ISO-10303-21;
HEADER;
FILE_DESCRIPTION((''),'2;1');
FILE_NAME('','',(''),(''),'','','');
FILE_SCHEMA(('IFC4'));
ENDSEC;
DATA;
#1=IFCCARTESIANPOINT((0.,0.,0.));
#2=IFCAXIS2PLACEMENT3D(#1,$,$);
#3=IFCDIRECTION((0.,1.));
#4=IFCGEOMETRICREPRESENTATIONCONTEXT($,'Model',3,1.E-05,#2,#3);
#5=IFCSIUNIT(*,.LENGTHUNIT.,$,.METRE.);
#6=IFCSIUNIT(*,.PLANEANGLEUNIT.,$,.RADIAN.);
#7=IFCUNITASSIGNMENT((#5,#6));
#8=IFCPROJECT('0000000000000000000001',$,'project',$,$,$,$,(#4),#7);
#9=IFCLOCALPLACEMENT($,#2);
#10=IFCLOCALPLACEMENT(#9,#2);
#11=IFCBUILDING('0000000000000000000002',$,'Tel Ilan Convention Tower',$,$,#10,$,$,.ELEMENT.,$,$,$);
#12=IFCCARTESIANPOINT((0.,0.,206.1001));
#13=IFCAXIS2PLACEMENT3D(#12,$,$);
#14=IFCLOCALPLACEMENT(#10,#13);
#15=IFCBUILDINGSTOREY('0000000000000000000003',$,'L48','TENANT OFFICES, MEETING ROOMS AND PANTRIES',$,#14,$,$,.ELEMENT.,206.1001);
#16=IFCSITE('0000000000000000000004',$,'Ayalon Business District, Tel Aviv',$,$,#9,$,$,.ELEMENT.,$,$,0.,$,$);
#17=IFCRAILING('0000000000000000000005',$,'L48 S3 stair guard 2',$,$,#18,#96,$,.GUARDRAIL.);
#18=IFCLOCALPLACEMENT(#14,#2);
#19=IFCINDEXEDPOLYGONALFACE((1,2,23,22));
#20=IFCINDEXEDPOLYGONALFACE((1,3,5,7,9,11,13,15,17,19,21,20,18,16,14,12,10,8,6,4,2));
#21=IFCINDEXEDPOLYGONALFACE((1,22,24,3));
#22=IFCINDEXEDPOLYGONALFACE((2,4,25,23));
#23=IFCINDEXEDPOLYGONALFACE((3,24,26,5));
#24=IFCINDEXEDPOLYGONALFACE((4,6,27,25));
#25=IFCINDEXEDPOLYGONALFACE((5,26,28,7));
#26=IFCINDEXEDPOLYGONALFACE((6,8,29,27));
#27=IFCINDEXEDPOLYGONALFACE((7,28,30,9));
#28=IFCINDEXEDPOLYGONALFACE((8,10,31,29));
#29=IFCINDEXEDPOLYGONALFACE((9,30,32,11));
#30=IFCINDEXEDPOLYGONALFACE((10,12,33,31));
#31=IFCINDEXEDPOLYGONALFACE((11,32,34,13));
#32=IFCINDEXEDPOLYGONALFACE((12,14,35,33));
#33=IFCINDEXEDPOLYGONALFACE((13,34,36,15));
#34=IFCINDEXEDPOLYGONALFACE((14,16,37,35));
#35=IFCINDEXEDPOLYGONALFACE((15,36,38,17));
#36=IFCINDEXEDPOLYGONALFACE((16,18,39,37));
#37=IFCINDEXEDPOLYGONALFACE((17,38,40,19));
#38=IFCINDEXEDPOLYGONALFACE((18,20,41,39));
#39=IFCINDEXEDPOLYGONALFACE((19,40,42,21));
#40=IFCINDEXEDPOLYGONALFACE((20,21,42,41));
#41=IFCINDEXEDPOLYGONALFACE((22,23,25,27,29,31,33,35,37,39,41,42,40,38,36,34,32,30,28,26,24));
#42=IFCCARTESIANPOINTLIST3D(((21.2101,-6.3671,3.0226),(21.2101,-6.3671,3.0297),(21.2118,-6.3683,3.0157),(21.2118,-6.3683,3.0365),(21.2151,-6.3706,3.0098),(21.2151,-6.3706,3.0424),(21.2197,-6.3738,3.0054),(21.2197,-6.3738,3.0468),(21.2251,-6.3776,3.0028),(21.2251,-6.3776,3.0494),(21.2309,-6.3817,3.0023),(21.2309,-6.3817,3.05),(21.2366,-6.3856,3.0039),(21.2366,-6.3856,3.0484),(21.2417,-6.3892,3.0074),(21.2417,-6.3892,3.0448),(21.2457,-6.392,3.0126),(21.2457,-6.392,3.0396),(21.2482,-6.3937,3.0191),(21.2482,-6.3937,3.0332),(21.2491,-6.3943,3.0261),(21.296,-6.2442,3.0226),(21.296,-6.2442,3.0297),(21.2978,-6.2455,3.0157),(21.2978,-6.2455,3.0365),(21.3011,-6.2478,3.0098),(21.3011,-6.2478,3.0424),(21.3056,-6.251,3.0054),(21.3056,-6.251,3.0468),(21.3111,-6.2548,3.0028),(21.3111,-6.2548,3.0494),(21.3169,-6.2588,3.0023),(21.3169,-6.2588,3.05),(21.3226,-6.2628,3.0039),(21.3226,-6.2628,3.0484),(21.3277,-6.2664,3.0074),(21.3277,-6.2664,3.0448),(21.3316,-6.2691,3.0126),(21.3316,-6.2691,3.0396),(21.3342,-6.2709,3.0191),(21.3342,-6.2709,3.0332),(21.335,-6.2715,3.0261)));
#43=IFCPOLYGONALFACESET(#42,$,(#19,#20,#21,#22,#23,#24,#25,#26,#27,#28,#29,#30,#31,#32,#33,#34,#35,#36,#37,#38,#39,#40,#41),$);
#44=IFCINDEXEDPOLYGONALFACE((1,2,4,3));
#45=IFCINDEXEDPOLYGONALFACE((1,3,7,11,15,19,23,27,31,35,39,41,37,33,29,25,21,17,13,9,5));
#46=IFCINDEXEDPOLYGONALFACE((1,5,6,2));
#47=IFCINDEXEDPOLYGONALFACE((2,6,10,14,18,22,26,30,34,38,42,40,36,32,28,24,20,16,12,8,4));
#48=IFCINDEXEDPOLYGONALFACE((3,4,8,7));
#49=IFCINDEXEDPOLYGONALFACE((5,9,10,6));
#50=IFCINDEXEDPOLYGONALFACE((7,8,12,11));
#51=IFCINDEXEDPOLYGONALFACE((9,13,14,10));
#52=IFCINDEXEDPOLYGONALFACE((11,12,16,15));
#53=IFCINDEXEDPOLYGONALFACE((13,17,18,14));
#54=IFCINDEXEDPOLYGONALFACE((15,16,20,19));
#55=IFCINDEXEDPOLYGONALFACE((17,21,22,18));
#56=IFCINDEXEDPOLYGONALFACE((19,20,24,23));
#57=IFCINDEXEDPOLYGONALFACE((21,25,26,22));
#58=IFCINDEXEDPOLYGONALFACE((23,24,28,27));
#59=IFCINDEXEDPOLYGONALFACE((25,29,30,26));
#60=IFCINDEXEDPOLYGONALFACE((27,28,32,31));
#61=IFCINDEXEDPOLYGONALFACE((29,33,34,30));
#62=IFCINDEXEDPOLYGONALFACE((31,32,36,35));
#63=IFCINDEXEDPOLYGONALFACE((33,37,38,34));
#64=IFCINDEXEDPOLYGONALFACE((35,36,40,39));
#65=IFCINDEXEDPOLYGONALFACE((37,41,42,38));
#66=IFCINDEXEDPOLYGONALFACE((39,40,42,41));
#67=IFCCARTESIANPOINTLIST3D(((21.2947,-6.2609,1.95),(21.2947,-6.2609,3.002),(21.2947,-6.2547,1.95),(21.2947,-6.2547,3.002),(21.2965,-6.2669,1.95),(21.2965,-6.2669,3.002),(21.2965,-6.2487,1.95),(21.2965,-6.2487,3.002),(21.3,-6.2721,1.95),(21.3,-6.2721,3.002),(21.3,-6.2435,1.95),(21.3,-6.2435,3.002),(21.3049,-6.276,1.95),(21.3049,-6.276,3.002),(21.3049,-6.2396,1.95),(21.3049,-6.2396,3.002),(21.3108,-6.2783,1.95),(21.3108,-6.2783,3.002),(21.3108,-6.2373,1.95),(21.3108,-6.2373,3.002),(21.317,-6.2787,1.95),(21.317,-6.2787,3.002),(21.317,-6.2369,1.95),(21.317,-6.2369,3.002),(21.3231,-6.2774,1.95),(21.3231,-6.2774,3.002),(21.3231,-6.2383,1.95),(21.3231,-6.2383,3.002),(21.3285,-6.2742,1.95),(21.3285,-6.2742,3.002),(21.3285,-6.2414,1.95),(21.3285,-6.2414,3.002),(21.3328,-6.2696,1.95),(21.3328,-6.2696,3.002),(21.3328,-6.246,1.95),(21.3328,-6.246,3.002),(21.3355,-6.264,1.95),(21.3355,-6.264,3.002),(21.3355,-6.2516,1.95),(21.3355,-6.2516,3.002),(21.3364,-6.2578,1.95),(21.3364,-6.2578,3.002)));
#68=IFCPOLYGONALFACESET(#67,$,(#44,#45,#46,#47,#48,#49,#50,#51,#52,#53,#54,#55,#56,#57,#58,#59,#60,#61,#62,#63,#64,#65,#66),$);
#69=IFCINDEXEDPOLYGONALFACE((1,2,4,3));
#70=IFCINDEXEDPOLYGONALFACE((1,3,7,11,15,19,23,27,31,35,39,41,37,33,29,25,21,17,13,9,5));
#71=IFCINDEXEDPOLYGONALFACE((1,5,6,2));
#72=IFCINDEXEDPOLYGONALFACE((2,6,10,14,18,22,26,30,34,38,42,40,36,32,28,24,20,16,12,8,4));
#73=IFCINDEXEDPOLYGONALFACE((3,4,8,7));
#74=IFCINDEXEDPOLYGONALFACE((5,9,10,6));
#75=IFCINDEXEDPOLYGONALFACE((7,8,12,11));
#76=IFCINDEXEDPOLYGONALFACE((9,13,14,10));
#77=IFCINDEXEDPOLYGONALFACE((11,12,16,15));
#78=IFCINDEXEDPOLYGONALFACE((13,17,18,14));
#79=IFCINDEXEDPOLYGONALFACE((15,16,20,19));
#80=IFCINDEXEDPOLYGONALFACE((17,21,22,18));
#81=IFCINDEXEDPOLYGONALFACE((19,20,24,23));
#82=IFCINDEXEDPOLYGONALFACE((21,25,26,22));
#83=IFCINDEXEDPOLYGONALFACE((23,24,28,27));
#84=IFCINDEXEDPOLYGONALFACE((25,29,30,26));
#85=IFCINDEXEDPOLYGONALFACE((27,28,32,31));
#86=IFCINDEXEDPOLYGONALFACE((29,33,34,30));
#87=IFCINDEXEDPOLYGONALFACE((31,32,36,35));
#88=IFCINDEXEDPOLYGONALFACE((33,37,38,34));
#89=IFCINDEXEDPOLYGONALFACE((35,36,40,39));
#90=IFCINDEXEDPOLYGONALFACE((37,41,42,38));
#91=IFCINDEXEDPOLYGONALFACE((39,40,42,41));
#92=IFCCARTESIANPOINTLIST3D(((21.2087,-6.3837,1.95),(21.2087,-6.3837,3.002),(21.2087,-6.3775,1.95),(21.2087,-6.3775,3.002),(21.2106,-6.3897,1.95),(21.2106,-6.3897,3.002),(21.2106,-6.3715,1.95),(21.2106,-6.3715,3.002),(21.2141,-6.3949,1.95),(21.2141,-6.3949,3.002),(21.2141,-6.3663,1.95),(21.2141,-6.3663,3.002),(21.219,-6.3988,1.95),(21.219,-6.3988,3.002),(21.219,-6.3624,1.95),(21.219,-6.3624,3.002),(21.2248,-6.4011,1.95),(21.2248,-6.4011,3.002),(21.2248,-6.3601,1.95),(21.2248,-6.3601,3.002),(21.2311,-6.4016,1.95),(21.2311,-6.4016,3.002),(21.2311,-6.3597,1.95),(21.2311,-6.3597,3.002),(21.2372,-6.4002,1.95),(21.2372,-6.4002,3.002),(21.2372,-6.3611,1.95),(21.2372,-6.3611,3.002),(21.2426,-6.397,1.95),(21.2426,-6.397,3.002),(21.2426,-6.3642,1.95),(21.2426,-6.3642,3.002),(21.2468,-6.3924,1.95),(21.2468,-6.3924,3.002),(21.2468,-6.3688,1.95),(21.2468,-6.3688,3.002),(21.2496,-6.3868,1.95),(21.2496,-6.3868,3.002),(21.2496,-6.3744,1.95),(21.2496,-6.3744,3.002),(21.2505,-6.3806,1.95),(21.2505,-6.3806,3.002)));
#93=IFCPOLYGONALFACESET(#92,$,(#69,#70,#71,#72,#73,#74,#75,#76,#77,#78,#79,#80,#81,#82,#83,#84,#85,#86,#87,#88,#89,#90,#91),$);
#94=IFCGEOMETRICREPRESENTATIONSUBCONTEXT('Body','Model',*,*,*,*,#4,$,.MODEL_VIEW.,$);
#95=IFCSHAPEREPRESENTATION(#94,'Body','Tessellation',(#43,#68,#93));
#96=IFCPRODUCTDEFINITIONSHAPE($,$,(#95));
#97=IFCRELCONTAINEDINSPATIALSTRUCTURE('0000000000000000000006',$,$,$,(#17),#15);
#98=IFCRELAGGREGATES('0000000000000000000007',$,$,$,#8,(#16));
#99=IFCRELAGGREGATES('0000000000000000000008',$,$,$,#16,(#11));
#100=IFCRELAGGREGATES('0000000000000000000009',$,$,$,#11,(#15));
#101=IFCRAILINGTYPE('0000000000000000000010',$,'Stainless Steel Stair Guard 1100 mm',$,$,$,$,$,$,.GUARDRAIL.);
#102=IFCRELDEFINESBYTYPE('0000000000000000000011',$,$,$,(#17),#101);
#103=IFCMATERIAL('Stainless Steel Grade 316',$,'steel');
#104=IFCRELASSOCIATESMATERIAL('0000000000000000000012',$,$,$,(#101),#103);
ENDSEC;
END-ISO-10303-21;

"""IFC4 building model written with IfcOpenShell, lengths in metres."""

from ifc_helpers import new_model, si_unit, direction, frame, origin, origin_2d, place, context, subcontext, project, spatial, circle, extrude, material, type_object, element, save


model = new_model("IFC4")

# Units and contexts
model_context = context("Model", 3, precision=1e-05, world=origin(), true_north=direction((0.0, 1.0)))
body_context = subcontext(model_context, "Body", "Model", "MODEL_VIEW")
ifc_project = project(units=[si_unit("LENGTHUNIT", "METRE"), si_unit("PLANEANGLEUNIT", "RADIAN")], contexts=[model_context])

# Site, building, storey
site_placement = place(None, origin())
site = spatial("IfcSite", under=ifc_project, at=site_placement, Name="Ayalon Business District, Tel Aviv", CompositionType="ELEMENT", RefElevation=0.0)
building_placement = place(site_placement, origin())
building = spatial("IfcBuilding", under=site, at=building_placement, Name="Tel Ilan Convention Tower", CompositionType="ELEMENT")
storey_placement = place(building_placement, frame((0.0, 0.0, 206.1001)))
storey = spatial("IfcBuildingStorey", under=building, at=storey_placement, Name="L48", Description="TENANT OFFICES, MEETING ROOMS AND PANTRIES", CompositionType="ELEMENT", Elevation=206.1001)

# Railing
ifc_material_1 = material(Name="Stainless Steel Grade 316", Category="steel")
railing_type_1 = type_object("IfcRailingType", Name="Stainless Steel Stair Guard 1100 mm", PredefinedType="GUARDRAIL", material=ifc_material_1)
railing_1_placement = place(storey_placement, frame((21.3154, -6.2578, 1.95)))
element("IfcRailing", 1, at=railing_1_placement, inside=storey, type_object=railing_type_1, Name="L48 S3 stair guard 2", PredefinedType="GUARDRAIL", context=body_context, shape_type="SweptSolid", body=[
    extrude(circle(Radius=0.0239, at=origin_2d()), frame((0.0, 0.0, 1.0762), z_axis=(-0.573353, -0.819308, 0.0), x_axis=(0.819308, -0.573353, 0.0)), (0.0, 0.0, 1.0), 0.1499),
    extrude(circle(Radius=0.021, at=origin_2d()), origin(), (0.0, 0.0, 1.0), 1.052),
    extrude(circle(Radius=0.021, at=origin_2d()), frame((-0.0859, -0.1228, 0.0)), (0.0, 0.0, 1.0), 1.052),
])

save(model, "model.ifc")
